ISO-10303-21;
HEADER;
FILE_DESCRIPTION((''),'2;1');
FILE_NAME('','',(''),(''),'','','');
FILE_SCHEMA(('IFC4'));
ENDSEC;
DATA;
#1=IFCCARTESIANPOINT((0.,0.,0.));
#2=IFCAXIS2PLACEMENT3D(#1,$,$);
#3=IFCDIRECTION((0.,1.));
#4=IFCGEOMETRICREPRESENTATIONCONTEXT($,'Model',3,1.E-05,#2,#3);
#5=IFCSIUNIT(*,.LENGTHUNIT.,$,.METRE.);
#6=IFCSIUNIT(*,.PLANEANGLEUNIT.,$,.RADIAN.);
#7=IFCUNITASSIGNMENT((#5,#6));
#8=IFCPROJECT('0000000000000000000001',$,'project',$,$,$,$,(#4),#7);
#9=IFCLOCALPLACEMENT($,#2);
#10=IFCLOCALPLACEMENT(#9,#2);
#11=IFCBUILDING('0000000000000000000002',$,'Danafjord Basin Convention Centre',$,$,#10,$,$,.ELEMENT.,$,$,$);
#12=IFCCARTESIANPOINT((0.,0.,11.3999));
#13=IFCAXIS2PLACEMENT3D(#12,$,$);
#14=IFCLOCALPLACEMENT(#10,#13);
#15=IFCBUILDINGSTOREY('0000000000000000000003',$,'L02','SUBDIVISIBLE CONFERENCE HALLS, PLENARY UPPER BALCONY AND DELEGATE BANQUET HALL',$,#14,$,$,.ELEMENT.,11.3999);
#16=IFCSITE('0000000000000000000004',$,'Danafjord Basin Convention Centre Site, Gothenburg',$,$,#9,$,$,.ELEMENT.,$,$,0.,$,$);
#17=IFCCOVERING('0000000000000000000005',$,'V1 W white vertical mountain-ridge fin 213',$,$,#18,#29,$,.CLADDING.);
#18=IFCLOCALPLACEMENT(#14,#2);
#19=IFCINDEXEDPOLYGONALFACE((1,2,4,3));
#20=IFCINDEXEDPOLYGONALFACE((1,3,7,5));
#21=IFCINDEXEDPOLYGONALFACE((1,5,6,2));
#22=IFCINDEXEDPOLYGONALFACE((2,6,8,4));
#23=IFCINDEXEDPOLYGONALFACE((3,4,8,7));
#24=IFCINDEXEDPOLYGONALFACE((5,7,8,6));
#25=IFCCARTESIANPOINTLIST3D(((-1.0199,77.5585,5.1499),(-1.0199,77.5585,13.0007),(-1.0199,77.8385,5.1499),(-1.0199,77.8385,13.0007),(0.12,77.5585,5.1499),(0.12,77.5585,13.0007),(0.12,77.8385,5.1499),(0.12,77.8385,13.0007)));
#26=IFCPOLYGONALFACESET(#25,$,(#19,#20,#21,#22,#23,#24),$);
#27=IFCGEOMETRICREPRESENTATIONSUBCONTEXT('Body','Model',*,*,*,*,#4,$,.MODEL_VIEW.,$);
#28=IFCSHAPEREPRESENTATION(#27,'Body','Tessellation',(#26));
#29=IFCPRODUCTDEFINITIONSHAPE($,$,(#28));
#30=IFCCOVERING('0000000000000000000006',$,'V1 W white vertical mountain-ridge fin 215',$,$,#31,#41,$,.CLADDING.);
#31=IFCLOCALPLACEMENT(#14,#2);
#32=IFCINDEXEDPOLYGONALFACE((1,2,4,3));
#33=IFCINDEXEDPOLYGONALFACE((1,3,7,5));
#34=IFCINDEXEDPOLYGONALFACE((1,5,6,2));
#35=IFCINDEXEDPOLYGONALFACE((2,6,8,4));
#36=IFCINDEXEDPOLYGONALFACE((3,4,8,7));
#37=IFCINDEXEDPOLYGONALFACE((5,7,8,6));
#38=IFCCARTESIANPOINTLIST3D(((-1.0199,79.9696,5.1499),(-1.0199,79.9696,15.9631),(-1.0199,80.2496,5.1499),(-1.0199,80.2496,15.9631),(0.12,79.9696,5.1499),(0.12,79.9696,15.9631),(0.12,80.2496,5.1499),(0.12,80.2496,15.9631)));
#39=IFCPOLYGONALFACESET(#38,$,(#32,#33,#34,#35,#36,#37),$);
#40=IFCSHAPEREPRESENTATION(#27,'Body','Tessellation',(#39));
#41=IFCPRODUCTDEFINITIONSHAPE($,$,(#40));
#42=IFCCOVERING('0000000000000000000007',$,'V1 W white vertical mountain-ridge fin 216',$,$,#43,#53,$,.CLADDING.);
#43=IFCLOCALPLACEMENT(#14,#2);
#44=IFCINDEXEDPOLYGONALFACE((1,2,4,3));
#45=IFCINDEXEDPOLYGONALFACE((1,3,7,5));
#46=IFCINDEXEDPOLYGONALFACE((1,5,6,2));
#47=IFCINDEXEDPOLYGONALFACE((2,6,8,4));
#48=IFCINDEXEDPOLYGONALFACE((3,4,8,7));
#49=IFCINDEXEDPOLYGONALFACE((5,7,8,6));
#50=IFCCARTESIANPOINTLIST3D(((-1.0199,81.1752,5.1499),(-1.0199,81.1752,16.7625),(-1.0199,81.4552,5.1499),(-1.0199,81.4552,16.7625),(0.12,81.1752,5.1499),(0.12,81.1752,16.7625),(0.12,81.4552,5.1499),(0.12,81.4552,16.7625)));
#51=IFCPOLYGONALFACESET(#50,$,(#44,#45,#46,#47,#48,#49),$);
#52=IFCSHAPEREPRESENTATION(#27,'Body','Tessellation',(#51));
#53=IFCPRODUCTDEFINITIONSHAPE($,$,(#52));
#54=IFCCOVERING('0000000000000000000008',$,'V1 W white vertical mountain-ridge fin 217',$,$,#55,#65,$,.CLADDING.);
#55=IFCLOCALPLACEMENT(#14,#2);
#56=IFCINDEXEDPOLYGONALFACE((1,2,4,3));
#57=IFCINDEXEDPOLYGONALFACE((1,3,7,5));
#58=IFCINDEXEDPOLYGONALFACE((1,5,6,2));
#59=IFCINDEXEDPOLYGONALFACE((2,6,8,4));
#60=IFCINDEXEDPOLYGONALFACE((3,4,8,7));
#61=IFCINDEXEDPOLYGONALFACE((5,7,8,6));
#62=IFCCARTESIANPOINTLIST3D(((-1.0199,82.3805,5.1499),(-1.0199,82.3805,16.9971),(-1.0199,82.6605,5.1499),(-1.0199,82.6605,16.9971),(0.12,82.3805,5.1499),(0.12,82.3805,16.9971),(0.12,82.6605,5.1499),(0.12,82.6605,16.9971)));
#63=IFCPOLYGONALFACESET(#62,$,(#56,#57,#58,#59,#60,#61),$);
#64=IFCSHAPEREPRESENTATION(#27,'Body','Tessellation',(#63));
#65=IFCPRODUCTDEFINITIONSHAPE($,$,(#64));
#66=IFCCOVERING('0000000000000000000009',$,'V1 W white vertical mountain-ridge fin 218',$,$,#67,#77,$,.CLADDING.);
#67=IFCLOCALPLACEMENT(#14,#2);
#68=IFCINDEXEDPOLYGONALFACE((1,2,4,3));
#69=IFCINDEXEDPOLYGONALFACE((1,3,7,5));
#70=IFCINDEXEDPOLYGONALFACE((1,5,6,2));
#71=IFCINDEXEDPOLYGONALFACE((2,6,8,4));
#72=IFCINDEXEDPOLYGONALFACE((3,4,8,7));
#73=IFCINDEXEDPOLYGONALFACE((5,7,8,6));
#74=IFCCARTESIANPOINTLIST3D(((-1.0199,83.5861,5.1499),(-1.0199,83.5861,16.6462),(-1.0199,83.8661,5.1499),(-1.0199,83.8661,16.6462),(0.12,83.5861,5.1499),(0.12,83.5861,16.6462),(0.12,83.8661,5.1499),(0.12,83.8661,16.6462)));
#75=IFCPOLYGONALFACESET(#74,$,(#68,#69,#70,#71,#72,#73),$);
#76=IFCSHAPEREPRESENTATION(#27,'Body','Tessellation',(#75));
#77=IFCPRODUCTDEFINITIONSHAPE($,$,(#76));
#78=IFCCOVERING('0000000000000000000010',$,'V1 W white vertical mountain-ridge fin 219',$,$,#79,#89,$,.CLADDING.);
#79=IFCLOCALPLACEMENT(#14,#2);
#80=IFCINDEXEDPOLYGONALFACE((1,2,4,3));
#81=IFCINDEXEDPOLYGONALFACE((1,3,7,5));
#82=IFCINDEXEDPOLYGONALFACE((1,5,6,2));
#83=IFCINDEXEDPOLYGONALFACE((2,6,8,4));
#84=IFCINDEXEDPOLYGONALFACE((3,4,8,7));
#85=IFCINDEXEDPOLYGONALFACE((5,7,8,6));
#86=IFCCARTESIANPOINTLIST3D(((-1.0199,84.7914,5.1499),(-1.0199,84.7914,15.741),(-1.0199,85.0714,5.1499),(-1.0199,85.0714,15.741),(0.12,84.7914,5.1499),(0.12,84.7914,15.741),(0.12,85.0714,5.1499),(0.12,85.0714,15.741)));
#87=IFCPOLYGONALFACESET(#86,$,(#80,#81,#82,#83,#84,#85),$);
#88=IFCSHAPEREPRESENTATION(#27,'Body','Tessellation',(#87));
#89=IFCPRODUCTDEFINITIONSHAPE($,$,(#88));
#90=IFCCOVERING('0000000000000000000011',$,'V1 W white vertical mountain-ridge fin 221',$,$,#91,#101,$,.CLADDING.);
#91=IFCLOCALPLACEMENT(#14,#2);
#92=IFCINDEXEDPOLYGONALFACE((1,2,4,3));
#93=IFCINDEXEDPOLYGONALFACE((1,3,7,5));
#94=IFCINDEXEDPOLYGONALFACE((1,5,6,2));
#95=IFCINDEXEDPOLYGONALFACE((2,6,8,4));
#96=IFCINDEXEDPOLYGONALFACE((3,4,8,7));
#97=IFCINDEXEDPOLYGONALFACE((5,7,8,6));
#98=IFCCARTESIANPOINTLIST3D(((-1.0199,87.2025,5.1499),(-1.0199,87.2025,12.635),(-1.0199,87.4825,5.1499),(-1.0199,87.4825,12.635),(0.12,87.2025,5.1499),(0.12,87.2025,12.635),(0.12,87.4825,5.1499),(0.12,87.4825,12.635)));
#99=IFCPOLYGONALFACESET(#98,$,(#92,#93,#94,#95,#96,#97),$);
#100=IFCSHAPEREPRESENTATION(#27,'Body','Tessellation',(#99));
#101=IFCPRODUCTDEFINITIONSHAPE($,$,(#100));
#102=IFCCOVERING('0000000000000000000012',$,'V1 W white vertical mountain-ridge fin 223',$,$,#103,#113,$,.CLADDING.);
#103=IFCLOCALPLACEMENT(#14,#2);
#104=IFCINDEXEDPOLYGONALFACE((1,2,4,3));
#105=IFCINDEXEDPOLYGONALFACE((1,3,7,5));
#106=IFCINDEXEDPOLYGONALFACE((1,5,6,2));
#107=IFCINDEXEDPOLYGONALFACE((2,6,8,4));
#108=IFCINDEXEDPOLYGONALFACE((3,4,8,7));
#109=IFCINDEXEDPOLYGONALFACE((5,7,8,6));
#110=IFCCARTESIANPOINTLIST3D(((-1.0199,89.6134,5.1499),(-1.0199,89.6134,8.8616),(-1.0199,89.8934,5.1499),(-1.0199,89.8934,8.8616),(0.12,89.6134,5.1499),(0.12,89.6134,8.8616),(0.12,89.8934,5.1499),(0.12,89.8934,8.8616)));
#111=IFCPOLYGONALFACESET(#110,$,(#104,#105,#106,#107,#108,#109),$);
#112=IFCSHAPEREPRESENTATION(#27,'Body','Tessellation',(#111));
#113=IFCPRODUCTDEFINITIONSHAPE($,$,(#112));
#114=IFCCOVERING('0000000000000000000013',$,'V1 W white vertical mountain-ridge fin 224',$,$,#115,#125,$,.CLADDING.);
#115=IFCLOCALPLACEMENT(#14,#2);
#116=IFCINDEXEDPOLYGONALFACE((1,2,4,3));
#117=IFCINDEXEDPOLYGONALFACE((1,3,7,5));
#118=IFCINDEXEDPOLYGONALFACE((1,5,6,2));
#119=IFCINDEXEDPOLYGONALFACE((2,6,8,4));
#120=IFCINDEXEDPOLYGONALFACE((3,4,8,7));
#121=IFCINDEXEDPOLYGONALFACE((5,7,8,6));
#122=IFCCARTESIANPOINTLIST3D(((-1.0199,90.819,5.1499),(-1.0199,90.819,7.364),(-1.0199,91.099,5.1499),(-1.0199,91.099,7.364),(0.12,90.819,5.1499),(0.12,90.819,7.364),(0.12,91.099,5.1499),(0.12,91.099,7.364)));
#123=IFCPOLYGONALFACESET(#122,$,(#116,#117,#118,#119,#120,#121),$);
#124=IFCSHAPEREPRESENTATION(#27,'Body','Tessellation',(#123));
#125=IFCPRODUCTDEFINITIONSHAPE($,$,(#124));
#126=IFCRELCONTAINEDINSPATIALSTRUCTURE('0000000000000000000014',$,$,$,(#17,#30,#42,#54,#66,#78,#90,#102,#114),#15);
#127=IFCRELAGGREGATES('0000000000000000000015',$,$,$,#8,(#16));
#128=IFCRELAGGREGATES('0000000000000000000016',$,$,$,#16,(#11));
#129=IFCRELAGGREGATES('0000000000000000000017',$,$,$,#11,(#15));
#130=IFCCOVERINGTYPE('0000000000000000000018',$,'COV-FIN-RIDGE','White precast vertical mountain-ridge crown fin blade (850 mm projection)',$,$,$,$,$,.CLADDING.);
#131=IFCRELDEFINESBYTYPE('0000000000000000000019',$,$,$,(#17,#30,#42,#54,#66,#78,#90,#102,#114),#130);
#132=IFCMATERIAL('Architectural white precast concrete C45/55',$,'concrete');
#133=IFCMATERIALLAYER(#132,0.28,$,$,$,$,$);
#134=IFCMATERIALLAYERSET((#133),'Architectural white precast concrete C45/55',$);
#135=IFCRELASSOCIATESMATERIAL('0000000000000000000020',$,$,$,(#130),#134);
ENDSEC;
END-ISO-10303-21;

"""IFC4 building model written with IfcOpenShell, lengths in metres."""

from ifc_helpers import new_model, si_unit, direction, frame, origin, origin_2d, place, context, subcontext, project, spatial, rectangle, extrude, material, layer, layer_set, type_object, element, save


model = new_model("IFC4")

# Units and contexts
model_context = context("Model", 3, precision=1e-05, world=origin(), true_north=direction((0.0, 1.0)))
body_context = subcontext(model_context, "Body", "Model", "MODEL_VIEW")
ifc_project = project(units=[si_unit("LENGTHUNIT", "METRE"), si_unit("PLANEANGLEUNIT", "RADIAN")], contexts=[model_context])

# Site, building, storey
site_placement = place(None, origin())
site = spatial("IfcSite", under=ifc_project, at=site_placement, Name="Danafjord Basin Convention Centre Site, Gothenburg", CompositionType="ELEMENT", RefElevation=0.0)
building_placement = place(site_placement, origin())
building = spatial("IfcBuilding", under=site, at=building_placement, Name="Danafjord Basin Convention Centre", CompositionType="ELEMENT")
storey_placement = place(building_placement, frame((0.0, 0.0, 11.3999)))
storey = spatial("IfcBuildingStorey", under=building, at=storey_placement, Name="L02", Description="SUBDIVISIBLE CONFERENCE HALLS, PLENARY UPPER BALCONY AND DELEGATE BANQUET HALL", CompositionType="ELEMENT", Elevation=11.3999)

# Coverings
ifc_material_1 = material(Name="Architectural white precast concrete C45/55", Category="concrete")
ifc_layer_1 = layer(ifc_material_1, 0.28)
ifc_layer_set_1 = layer_set([ifc_layer_1], Name="Architectural white precast concrete C45/55")
covering_type = type_object("IfcCoveringType", Name="COV-FIN-RIDGE", Description="White precast vertical mountain-ridge crown fin blade (850 mm projection)", PredefinedType="CLADDING", material=ifc_layer_set_1)
covering_1_placement = place(storey_placement, frame((-0.45, 77.6985, 5.1499), z_axis=(0.0, 0.0, 1.0), x_axis=(1.0, 0.0, 0.0)))
element("IfcCovering", 1, at=covering_1_placement, inside=storey, type_object=covering_type, Name="V1 W white vertical mountain-ridge fin 213", PredefinedType="CLADDING", context=body_context, shape_type="SweptSolid", body=[
    extrude(rectangle(XDim=1.1399, YDim=0.28, at=origin_2d()), origin(), (0.0, 0.0, 1.0), 7.8508),
])
covering_2_placement = place(storey_placement, frame((-0.45, 80.1096, 5.1499), z_axis=(0.0, 0.0, 1.0), x_axis=(1.0, 0.0, 0.0)))
element("IfcCovering", 2, at=covering_2_placement, inside=storey, type_object=covering_type, Name="V1 W white vertical mountain-ridge fin 215", PredefinedType="CLADDING", context=body_context, shape_type="SweptSolid", body=[
    extrude(rectangle(XDim=1.1399, YDim=0.28, at=origin_2d()), origin(), (0.0, 0.0, 1.0), 10.8132),
])
covering_3_placement = place(storey_placement, frame((-0.45, 81.3152, 5.1499), z_axis=(0.0, 0.0, 1.0), x_axis=(1.0, 0.0, 0.0)))
element("IfcCovering", 3, at=covering_3_placement, inside=storey, type_object=covering_type, Name="V1 W white vertical mountain-ridge fin 216", PredefinedType="CLADDING", context=body_context, shape_type="SweptSolid", body=[
    extrude(rectangle(XDim=1.1399, YDim=0.28, at=origin_2d()), origin(), (0.0, 0.0, 1.0), 11.6125),
])
covering_4_placement = place(storey_placement, frame((-0.45, 82.5205, 5.1499), z_axis=(0.0, 0.0, 1.0), x_axis=(1.0, 0.0, 0.0)))
element("IfcCovering", 4, at=covering_4_placement, inside=storey, type_object=covering_type, Name="V1 W white vertical mountain-ridge fin 217", PredefinedType="CLADDING", context=body_context, shape_type="SweptSolid", body=[
    extrude(rectangle(XDim=1.1399, YDim=0.28, at=origin_2d()), origin(), (0.0, 0.0, 1.0), 11.8472),
])
covering_5_placement = place(storey_placement, frame((-0.45, 83.7261, 5.1499), z_axis=(0.0, 0.0, 1.0), x_axis=(1.0, 0.0, 0.0)))
element("IfcCovering", 5, at=covering_5_placement, inside=storey, type_object=covering_type, Name="V1 W white vertical mountain-ridge fin 218", PredefinedType="CLADDING", context=body_context, shape_type="SweptSolid", body=[
    extrude(rectangle(XDim=1.1399, YDim=0.28, at=origin_2d()), origin(), (0.0, 0.0, 1.0), 11.4963),
])
covering_6_placement = place(storey_placement, frame((-0.45, 84.9314, 5.1499), z_axis=(0.0, 0.0, 1.0), x_axis=(1.0, 0.0, 0.0)))
element("IfcCovering", 6, at=covering_6_placement, inside=storey, type_object=covering_type, Name="V1 W white vertical mountain-ridge fin 219", PredefinedType="CLADDING", context=body_context, shape_type="SweptSolid", body=[
    extrude(rectangle(XDim=1.1399, YDim=0.28, at=origin_2d()), origin(), (0.0, 0.0, 1.0), 10.5911),
])
covering_7_placement = place(storey_placement, frame((-0.45, 87.3425, 5.1499), z_axis=(0.0, 0.0, 1.0), x_axis=(1.0, 0.0, 0.0)))
element("IfcCovering", 7, at=covering_7_placement, inside=storey, type_object=covering_type, Name="V1 W white vertical mountain-ridge fin 221", PredefinedType="CLADDING", context=body_context, shape_type="SweptSolid", body=[
    extrude(rectangle(XDim=1.1399, YDim=0.28, at=origin_2d()), origin(), (0.0, 0.0, 1.0), 7.4851),
])
covering_8_placement = place(storey_placement, frame((-0.45, 89.7534, 5.1499), z_axis=(0.0, 0.0, 1.0), x_axis=(1.0, 0.0, 0.0)))
element("IfcCovering", 8, at=covering_8_placement, inside=storey, type_object=covering_type, Name="V1 W white vertical mountain-ridge fin 223", PredefinedType="CLADDING", context=body_context, shape_type="SweptSolid", body=[
    extrude(rectangle(XDim=1.1399, YDim=0.28, at=origin_2d()), origin(), (0.0, 0.0, 1.0), 3.7117),
])
covering_9_placement = place(storey_placement, frame((-0.45, 90.959, 5.1499), z_axis=(0.0, 0.0, 1.0), x_axis=(1.0, 0.0, 0.0)))
element("IfcCovering", 9, at=covering_9_placement, inside=storey, type_object=covering_type, Name="V1 W white vertical mountain-ridge fin 224", PredefinedType="CLADDING", context=body_context, shape_type="SweptSolid", body=[
    extrude(rectangle(XDim=1.1399, YDim=0.28, at=origin_2d()), origin(), (0.0, 0.0, 1.0), 2.2141),
])

save(model, "model.ifc")
